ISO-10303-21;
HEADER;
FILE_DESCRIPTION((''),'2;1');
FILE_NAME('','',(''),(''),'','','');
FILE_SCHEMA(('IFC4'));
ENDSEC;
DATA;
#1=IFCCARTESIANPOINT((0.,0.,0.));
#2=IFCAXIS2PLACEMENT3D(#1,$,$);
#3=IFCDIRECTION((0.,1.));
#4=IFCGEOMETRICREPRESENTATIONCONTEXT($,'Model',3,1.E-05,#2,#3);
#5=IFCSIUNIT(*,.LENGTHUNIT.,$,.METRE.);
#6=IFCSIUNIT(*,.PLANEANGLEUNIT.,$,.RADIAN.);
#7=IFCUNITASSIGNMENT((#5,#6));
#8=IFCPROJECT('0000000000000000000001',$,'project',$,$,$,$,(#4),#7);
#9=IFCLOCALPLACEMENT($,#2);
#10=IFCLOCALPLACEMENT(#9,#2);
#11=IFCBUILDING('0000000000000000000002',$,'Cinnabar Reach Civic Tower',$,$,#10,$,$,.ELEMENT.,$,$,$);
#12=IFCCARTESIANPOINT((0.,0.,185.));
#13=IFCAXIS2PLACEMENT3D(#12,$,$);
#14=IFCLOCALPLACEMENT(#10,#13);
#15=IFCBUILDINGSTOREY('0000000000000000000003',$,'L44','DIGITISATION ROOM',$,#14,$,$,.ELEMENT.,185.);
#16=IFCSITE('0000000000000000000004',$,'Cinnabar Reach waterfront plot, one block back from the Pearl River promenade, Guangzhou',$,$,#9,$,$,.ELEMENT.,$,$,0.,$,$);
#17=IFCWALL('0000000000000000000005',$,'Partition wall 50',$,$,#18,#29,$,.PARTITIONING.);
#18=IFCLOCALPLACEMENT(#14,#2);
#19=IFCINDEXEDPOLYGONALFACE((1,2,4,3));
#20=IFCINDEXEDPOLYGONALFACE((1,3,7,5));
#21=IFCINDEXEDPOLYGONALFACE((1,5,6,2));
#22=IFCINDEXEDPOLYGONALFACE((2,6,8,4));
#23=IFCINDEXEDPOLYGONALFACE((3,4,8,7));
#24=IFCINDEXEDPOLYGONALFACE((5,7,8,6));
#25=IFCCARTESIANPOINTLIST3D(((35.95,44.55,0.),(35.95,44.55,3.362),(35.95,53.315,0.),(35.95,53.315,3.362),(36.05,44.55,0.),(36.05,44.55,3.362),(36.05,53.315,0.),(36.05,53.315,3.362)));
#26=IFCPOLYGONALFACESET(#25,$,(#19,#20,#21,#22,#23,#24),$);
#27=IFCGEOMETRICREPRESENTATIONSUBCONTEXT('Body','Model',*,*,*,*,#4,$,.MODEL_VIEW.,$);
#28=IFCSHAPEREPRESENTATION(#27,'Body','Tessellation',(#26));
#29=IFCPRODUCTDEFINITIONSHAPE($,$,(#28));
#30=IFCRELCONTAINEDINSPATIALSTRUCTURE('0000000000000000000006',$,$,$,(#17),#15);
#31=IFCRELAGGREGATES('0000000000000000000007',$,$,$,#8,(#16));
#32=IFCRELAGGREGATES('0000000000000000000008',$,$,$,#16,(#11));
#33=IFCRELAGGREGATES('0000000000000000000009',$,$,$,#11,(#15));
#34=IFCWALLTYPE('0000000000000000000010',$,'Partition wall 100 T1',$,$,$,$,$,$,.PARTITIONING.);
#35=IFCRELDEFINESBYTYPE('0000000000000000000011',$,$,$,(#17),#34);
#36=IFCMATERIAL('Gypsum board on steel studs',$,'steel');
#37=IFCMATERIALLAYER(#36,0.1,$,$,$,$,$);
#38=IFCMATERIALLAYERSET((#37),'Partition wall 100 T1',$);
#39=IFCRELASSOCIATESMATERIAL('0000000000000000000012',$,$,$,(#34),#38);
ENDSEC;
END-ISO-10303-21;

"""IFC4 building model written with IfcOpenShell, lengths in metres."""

from ifc_helpers import new_model, si_unit, direction, frame, frame_2d, origin, place, context, subcontext, project, spatial, rectangle, extrude, material, layer, layer_set, type_object, element, save


model = new_model("IFC4")

# Units and contexts
model_context = context("Model", 3, precision=1e-05, world=origin(), true_north=direction((0.0, 1.0)))
body_context = subcontext(model_context, "Body", "Model", "MODEL_VIEW")
ifc_project = project(units=[si_unit("LENGTHUNIT", "METRE"), si_unit("PLANEANGLEUNIT", "RADIAN")], contexts=[model_context])

# Site, building, storey
site_placement = place(None, origin())
site = spatial("IfcSite", under=ifc_project, at=site_placement, Name="Cinnabar Reach waterfront plot, one block back from the Pearl River promenade, Guangzhou", CompositionType="ELEMENT", RefElevation=0.0)
building_placement = place(site_placement, origin())
building = spatial("IfcBuilding", under=site, at=building_placement, Name="Cinnabar Reach Civic Tower", CompositionType="ELEMENT")
storey_placement = place(building_placement, frame((0.0, 0.0, 185.0)))
storey = spatial("IfcBuildingStorey", under=building, at=storey_placement, Name="L44", Description="DIGITISATION ROOM", CompositionType="ELEMENT", Elevation=185.0)

# Wall
ifc_material_1 = material(Name="Gypsum board on steel studs", Category="steel")
ifc_layer_1 = layer(ifc_material_1, 0.1)
ifc_layer_set_1 = layer_set([ifc_layer_1], Name="Partition wall 100 T1")
wall_type_1 = type_object("IfcWallType", Name="Partition wall 100 T1", PredefinedType="PARTITIONING", material=ifc_layer_set_1)
wall_1_placement = place(storey_placement, frame((36.0, 44.55, 0.0), z_axis=(0.0, 0.0, 1.0), x_axis=(0.0, 1.0, 0.0)))
element("IfcWall", 1, at=wall_1_placement, inside=storey, type_object=wall_type_1, Name="Partition wall 50", PredefinedType="PARTITIONING", context=body_context, shape_type="SweptSolid", body=[
    extrude(rectangle(XDim=8.765, YDim=0.1, at=frame_2d((4.3825, 0.0))), origin(), (0.0, 0.0, 1.0), 3.362),
])

save(model, "model.ifc")
